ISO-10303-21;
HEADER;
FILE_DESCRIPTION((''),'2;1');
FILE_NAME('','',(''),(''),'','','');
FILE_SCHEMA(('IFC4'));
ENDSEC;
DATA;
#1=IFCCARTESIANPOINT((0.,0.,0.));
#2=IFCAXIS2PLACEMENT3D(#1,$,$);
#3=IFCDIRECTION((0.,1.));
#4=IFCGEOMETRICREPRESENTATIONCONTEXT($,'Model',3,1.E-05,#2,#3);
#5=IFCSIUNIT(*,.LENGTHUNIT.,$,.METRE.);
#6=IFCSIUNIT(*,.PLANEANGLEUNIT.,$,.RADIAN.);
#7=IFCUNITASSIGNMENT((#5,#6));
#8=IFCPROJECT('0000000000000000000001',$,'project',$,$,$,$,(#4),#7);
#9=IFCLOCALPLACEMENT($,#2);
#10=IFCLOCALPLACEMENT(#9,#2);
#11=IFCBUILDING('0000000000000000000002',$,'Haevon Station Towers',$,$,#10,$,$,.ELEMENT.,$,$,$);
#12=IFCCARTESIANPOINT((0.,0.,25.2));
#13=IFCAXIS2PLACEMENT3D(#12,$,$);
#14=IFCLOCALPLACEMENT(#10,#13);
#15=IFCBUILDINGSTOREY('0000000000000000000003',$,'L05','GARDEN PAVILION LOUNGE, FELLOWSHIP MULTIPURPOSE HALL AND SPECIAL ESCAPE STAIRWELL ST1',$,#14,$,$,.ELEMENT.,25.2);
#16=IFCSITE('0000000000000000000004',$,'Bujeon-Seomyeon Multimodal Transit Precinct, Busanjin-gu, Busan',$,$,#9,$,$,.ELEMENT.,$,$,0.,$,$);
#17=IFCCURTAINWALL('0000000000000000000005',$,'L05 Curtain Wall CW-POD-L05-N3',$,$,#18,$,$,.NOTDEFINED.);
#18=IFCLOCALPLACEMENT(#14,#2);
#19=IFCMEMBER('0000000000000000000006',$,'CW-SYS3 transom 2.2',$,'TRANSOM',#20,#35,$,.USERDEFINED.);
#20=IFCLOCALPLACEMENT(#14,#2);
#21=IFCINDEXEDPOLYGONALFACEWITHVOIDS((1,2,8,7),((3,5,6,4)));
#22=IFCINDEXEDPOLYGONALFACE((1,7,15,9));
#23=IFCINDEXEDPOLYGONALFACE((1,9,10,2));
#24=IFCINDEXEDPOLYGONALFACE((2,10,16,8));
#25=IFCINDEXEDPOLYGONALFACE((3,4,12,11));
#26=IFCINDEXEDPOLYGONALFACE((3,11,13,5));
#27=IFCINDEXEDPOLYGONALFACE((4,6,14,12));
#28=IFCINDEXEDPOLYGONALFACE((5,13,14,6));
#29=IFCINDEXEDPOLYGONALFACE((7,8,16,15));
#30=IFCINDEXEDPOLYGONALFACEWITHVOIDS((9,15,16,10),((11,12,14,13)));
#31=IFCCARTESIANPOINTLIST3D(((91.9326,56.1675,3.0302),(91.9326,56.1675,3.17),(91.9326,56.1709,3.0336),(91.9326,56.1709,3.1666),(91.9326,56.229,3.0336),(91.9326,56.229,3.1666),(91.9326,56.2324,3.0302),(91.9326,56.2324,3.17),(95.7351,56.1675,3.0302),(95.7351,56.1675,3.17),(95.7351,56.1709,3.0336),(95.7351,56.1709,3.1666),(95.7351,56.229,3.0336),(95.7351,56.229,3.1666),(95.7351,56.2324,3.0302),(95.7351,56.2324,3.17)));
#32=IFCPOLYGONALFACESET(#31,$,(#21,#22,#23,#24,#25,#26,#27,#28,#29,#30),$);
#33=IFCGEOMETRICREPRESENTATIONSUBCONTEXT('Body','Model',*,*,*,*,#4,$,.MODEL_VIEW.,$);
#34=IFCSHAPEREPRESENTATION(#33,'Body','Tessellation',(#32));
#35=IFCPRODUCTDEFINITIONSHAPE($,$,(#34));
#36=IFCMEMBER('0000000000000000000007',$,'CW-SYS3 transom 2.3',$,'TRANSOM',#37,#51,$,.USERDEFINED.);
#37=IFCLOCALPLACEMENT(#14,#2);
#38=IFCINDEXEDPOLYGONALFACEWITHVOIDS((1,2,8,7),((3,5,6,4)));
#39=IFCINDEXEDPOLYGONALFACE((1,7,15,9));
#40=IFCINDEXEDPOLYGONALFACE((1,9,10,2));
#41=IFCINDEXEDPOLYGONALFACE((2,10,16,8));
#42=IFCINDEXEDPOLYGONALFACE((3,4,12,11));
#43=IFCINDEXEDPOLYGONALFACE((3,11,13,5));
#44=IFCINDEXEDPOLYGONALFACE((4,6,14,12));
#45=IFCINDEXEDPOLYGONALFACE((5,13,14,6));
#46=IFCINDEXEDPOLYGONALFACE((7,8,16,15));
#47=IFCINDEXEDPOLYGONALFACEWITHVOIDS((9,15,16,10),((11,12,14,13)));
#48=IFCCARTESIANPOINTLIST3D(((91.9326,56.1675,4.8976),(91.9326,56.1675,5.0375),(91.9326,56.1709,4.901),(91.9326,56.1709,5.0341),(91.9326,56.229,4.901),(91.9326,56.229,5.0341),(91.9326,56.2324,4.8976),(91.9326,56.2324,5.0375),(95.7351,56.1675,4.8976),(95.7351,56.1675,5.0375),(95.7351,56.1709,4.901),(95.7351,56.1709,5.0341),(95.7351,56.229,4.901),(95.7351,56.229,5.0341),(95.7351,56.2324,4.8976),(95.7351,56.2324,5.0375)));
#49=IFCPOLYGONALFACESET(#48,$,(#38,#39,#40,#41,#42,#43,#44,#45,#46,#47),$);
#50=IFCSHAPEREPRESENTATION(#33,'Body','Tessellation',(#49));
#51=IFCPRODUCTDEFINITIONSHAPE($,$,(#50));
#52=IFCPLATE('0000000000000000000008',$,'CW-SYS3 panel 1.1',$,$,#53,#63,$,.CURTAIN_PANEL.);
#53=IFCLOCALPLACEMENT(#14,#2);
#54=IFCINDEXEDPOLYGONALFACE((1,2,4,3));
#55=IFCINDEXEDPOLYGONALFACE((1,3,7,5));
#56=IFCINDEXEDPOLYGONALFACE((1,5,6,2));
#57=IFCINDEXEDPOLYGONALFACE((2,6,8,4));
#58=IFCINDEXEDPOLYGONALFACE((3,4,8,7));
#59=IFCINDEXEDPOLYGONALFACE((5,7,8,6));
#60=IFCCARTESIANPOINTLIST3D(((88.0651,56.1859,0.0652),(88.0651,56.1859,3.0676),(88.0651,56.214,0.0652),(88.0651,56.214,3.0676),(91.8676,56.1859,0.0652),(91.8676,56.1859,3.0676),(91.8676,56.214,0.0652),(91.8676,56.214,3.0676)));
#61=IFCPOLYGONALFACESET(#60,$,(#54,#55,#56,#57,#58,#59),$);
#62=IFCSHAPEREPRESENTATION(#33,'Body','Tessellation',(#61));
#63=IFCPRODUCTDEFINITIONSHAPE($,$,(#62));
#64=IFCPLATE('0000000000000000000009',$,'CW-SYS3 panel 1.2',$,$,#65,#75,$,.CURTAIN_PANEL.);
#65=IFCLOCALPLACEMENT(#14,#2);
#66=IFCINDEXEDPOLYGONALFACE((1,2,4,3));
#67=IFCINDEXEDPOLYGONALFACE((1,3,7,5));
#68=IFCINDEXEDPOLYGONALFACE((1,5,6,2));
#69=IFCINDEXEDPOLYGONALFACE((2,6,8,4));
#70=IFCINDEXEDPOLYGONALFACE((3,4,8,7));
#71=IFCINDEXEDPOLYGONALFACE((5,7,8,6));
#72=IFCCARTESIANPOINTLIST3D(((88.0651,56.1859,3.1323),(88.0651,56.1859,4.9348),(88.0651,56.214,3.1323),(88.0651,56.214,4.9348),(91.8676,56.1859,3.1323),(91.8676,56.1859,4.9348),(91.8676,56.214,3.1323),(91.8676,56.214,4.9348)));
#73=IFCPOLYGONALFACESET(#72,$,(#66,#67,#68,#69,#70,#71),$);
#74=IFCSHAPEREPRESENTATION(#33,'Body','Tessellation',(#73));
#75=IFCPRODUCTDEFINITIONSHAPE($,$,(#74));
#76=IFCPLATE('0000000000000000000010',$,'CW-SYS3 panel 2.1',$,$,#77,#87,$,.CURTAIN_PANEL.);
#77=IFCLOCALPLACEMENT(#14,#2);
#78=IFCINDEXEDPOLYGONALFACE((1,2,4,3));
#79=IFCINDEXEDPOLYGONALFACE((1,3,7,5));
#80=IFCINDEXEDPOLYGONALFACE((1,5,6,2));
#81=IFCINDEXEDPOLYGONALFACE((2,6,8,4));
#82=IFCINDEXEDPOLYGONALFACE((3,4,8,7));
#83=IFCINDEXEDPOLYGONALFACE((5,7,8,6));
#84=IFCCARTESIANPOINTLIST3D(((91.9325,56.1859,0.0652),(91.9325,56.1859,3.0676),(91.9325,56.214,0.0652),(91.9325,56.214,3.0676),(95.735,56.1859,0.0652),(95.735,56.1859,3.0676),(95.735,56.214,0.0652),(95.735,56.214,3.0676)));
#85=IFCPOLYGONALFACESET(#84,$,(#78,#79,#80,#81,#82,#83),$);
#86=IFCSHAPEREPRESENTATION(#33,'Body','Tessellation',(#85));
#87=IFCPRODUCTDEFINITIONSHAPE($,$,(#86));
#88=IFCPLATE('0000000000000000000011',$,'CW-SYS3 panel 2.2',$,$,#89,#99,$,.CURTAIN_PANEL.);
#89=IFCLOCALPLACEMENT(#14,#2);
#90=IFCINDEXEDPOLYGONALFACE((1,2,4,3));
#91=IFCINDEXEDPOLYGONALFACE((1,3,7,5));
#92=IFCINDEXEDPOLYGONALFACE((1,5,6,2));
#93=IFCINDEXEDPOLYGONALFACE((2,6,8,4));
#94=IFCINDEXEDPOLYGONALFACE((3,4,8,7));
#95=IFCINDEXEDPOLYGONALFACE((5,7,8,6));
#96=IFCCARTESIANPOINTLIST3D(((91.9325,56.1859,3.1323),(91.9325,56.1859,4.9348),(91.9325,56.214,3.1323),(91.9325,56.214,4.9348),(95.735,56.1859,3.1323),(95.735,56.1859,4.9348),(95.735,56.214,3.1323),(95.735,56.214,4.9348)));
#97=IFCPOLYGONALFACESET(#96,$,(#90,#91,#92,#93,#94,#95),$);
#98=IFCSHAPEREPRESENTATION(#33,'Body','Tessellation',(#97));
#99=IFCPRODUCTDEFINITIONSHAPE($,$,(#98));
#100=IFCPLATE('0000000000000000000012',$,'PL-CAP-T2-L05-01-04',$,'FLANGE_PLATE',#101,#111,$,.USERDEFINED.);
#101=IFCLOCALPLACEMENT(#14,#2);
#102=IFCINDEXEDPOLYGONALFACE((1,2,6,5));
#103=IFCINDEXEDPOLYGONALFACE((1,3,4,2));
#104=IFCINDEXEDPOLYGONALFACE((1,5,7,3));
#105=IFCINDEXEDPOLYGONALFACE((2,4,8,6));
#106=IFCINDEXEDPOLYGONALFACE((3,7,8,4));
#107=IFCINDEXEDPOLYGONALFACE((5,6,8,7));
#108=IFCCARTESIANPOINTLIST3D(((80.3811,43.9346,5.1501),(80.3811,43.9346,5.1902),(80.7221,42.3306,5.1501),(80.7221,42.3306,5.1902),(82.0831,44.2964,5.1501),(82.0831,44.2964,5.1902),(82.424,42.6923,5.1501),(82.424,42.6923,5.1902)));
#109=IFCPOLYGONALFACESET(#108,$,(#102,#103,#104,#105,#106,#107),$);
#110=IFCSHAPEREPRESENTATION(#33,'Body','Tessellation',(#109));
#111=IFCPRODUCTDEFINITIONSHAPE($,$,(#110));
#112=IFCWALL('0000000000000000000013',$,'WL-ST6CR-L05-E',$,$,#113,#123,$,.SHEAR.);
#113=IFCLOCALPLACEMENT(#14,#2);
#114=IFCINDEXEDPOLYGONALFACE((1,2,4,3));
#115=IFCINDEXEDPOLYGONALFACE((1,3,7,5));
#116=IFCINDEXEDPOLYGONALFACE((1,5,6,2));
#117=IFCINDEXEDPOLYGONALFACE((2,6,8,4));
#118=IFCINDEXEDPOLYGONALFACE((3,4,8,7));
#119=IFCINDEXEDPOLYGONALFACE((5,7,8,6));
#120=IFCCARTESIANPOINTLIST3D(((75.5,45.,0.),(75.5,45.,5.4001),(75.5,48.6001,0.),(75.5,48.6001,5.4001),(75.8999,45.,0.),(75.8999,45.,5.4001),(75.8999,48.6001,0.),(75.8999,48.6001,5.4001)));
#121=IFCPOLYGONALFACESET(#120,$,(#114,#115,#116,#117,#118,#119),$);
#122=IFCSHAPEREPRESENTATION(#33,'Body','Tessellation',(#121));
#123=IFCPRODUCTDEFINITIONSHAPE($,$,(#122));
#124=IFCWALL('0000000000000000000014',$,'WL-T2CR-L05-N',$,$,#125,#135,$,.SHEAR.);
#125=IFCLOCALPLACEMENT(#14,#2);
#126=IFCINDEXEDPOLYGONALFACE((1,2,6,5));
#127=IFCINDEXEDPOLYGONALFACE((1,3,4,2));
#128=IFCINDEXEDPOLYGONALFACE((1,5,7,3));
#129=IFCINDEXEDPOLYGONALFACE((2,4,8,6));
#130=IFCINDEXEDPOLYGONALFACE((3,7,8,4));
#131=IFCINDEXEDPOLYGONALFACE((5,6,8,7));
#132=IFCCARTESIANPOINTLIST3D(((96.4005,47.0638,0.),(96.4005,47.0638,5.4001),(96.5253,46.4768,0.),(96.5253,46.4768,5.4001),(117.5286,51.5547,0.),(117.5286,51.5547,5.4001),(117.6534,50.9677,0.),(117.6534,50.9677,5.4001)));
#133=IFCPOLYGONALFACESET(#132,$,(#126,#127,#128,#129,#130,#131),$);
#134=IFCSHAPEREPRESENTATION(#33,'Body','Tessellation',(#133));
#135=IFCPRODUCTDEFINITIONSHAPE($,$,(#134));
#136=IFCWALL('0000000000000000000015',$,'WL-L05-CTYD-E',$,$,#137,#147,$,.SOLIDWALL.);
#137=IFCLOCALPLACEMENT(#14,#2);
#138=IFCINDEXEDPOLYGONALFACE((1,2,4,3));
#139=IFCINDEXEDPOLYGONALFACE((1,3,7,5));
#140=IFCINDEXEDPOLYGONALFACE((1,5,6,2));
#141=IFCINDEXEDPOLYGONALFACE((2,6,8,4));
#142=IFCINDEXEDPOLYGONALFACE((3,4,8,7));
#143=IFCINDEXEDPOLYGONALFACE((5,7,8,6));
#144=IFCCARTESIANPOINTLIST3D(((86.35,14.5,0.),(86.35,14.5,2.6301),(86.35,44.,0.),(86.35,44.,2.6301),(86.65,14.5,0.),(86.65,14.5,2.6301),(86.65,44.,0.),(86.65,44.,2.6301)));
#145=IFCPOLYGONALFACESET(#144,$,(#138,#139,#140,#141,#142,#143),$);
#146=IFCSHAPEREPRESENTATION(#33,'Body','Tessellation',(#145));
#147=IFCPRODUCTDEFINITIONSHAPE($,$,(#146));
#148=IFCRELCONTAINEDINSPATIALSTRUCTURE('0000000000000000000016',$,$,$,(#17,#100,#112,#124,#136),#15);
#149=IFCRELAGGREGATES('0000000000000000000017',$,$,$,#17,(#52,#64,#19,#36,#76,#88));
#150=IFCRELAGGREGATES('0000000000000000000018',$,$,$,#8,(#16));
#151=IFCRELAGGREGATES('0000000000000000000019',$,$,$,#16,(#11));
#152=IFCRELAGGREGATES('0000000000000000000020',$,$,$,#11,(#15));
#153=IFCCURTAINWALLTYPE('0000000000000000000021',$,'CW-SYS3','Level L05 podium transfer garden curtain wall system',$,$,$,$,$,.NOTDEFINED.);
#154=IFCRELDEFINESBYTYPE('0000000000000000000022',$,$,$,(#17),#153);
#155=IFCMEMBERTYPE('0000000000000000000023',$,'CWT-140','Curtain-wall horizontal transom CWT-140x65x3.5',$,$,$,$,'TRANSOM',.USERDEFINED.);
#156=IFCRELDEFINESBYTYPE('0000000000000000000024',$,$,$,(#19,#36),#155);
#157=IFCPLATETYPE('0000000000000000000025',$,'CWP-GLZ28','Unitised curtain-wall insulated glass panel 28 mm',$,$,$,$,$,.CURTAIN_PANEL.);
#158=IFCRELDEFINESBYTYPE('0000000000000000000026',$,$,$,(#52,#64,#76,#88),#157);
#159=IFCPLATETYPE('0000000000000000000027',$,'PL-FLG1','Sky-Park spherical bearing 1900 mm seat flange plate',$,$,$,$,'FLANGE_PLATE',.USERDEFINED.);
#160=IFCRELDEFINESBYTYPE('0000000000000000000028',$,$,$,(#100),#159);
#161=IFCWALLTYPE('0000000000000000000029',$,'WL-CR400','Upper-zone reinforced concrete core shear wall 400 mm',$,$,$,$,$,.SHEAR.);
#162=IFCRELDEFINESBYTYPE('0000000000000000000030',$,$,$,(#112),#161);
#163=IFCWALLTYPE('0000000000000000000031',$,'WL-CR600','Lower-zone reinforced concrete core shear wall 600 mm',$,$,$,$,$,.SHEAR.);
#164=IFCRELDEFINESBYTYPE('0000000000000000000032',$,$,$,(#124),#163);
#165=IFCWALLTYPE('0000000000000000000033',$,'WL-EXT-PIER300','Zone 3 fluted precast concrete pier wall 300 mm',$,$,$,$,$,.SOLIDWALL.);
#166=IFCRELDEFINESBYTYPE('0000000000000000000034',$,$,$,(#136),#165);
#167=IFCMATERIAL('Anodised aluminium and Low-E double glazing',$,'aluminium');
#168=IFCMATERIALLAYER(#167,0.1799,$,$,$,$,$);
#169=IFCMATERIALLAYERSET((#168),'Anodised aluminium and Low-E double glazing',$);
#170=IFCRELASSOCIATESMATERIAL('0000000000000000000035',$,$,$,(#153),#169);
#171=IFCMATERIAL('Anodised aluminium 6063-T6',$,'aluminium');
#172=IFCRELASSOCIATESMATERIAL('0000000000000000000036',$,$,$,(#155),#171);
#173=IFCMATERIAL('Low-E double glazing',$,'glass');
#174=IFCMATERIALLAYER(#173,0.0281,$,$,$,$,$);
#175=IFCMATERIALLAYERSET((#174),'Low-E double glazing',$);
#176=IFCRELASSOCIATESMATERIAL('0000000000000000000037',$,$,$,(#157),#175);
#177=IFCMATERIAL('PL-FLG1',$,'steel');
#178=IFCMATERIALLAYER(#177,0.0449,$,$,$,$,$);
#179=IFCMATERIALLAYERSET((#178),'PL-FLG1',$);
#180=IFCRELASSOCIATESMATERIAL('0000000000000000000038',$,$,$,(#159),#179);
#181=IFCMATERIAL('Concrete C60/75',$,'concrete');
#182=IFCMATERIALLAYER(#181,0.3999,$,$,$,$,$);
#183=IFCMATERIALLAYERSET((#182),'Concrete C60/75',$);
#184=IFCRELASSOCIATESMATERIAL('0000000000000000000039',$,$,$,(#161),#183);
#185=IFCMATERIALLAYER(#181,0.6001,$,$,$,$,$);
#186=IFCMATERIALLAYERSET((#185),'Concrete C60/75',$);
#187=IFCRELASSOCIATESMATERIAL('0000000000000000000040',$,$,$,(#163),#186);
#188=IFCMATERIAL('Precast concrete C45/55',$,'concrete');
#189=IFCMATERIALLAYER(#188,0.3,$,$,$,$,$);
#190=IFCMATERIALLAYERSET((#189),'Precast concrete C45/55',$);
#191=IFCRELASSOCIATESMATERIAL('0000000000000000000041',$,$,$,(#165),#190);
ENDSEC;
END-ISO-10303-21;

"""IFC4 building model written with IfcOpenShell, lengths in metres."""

from ifc_helpers import new_model, si_unit, direction, frame, frame_2d, origin, origin_2d, place, context, subcontext, project, spatial, rectangle, hollow_rectangle, extrude, material, layer, layer_set, material_profile, profile_set, type_object, element, aggregate, save


model = new_model("IFC4")

# Units and contexts
model_context = context("Model", 3, precision=1e-05, world=origin(), true_north=direction((0.0, 1.0)))
body_context = subcontext(model_context, "Body", "Model", "MODEL_VIEW")
ifc_project = project(units=[si_unit("LENGTHUNIT", "METRE"), si_unit("PLANEANGLEUNIT", "RADIAN")], contexts=[model_context])

# Site, building, storey
site_placement = place(None, origin())
site = spatial("IfcSite", under=ifc_project, at=site_placement, Name="Bujeon-Seomyeon Multimodal Transit Precinct, Busanjin-gu, Busan", CompositionType="ELEMENT", RefElevation=0.0)
building_placement = place(site_placement, origin())
building = spatial("IfcBuilding", under=site, at=building_placement, Name="Haevon Station Towers", CompositionType="ELEMENT")
storey_placement = place(building_placement, frame((0.0, 0.0, 25.2)))
storey = spatial("IfcBuildingStorey", under=building, at=storey_placement, Name="L05", Description="GARDEN PAVILION LOUNGE, FELLOWSHIP MULTIPURPOSE HALL AND SPECIAL ESCAPE STAIRWELL ST1", CompositionType="ELEMENT", Elevation=25.2)

# Curtain wall, members, plates
ifc_material_1 = material(Name="Anodised aluminium and Low-E double glazing", Category="aluminium")
ifc_layer_1 = layer(ifc_material_1, 0.1799)
ifc_layer_set_1 = layer_set([ifc_layer_1], Name="Anodised aluminium and Low-E double glazing")
curtain_wall_type = type_object("IfcCurtainWallType", Name="CW-SYS3", Description="Level L05 podium transfer garden curtain wall system", PredefinedType="NOTDEFINED", material=ifc_layer_set_1)
curtain_wall_placement = place(storey_placement, origin())
curtain_wall = element("IfcCurtainWall", 1, at=curtain_wall_placement, inside=storey, type_object=curtain_wall_type, Name="L05 Curtain Wall CW-POD-L05-N3", PredefinedType="NOTDEFINED")
ifc_material_2 = material(Name="Anodised aluminium 6063-T6", Category="aluminium")
ifc_material_profile_1 = material_profile(ifc_material_2, hollow_rectangle(XDim=0.0649, YDim=0.1399, WallThickness=0.0034, at=origin_2d()), Name="CWT-140x65x3.5")
ifc_profile_set_1 = profile_set([ifc_material_profile_1], Name="Anodised aluminium 6063-T6")
member_type_1 = type_object("IfcMemberType", Name="CWT-140", Description="Curtain-wall horizontal transom CWT-140x65x3.5", ElementType="TRANSOM", PredefinedType="USERDEFINED", material=ifc_profile_set_1)
member_1_placement = place(storey_placement, frame((91.9326, 56.2, 3.1001), z_axis=(1.0, 0.0, 0.0), x_axis=(0.0, 1.0, 0.0)))
member_1 = element("IfcMember", 2, at=member_1_placement, type_object=member_type_1, Name="CW-SYS3 transom 2.2", ObjectType="TRANSOM", PredefinedType="USERDEFINED", context=body_context, shape_type="SweptSolid", body=[
    extrude(hollow_rectangle(XDim=0.0649, YDim=0.1399, WallThickness=0.0034, at=origin_2d()), origin(), (0.0, 0.0, 1.0), 3.8025),
])
member_2_placement = place(storey_placement, frame((91.9326, 56.2, 4.9675), z_axis=(1.0, 0.0, 0.0), x_axis=(0.0, 1.0, 0.0)))
member_2 = element("IfcMember", 3, at=member_2_placement, type_object=member_type_1, Name="CW-SYS3 transom 2.3", ObjectType="TRANSOM", PredefinedType="USERDEFINED", context=body_context, shape_type="SweptSolid", body=[
    extrude(hollow_rectangle(XDim=0.0649, YDim=0.1399, WallThickness=0.0034, at=origin_2d()), origin(), (0.0, 0.0, 1.0), 3.8025),
])
ifc_material_3 = material(Name="Low-E double glazing", Category="glass")
ifc_layer_2 = layer(ifc_material_3, 0.0281)
ifc_layer_set_2 = layer_set([ifc_layer_2], Name="Low-E double glazing")
plate_type_1 = type_object("IfcPlateType", Name="CWP-GLZ28", Description="Unitised curtain-wall insulated glass panel 28 mm", PredefinedType="CURTAIN_PANEL", material=ifc_layer_set_2)
plate_1_placement = place(storey_placement, frame((89.9663, 56.2, 0.0652), z_axis=(0.0, 0.0, 1.0), x_axis=(1.0, 0.0, 0.0)))
plate_1 = element("IfcPlate", 4, at=plate_1_placement, type_object=plate_type_1, Name="CW-SYS3 panel 1.1", PredefinedType="CURTAIN_PANEL", context=body_context, shape_type="SweptSolid", body=[
    extrude(rectangle(XDim=3.8025, YDim=0.0281, at=origin_2d()), origin(), (0.0, 0.0, 1.0), 3.0024),
])
plate_2_placement = place(storey_placement, frame((89.9663, 56.2, 3.1323), z_axis=(0.0, 0.0, 1.0), x_axis=(1.0, 0.0, 0.0)))
plate_2 = element("IfcPlate", 5, at=plate_2_placement, type_object=plate_type_1, Name="CW-SYS3 panel 1.2", PredefinedType="CURTAIN_PANEL", context=body_context, shape_type="SweptSolid", body=[
    extrude(rectangle(XDim=3.8025, YDim=0.0281, at=origin_2d()), origin(), (0.0, 0.0, 1.0), 1.8025),
])
plate_3_placement = place(storey_placement, frame((93.8337, 56.2, 0.0652), z_axis=(0.0, 0.0, 1.0), x_axis=(1.0, 0.0, 0.0)))
plate_3 = element("IfcPlate", 6, at=plate_3_placement, type_object=plate_type_1, Name="CW-SYS3 panel 2.1", PredefinedType="CURTAIN_PANEL", context=body_context, shape_type="SweptSolid", body=[
    extrude(rectangle(XDim=3.8025, YDim=0.0281, at=origin_2d()), origin(), (0.0, 0.0, 1.0), 3.0024),
])
plate_4_placement = place(storey_placement, frame((93.8337, 56.2, 3.1323), z_axis=(0.0, 0.0, 1.0), x_axis=(1.0, 0.0, 0.0)))
plate_4 = element("IfcPlate", 7, at=plate_4_placement, type_object=plate_type_1, Name="CW-SYS3 panel 2.2", PredefinedType="CURTAIN_PANEL", context=body_context, shape_type="SweptSolid", body=[
    extrude(rectangle(XDim=3.8025, YDim=0.0281, at=origin_2d()), origin(), (0.0, 0.0, 1.0), 1.8025),
])
aggregate(curtain_wall, [plate_1, plate_2, member_1, member_2, plate_3, plate_4])

# Plate
ifc_material_4 = material(Name="PL-FLG1", Category="steel")
ifc_layer_3 = layer(ifc_material_4, 0.0449)
ifc_layer_set_3 = layer_set([ifc_layer_3], Name="PL-FLG1")
plate_type_2 = type_object("IfcPlateType", Name="PL-FLG1", Description="Sky-Park spherical bearing 1900 mm seat flange plate", ElementType="FLANGE_PLATE", PredefinedType="USERDEFINED", material=ifc_layer_set_3)
plate_5_placement = place(storey_placement, frame((81.4026, 43.3135, 5.1501), z_axis=(0.0, 0.0, 1.0), x_axis=(0.978148, 0.207912, 0.0)))
element("IfcPlate", 8, at=plate_5_placement, inside=storey, type_object=plate_type_2, Name="PL-CAP-T2-L05-01-04", ObjectType="FLANGE_PLATE", PredefinedType="USERDEFINED", context=body_context, shape_type="SweptSolid", body=[
    extrude(rectangle(XDim=1.74, YDim=1.6399, at=origin_2d()), origin(), (0.0, 0.0, 1.0), 0.04),
])

# Walls
ifc_material_5 = material(Name="Concrete C60/75", Category="concrete")
ifc_layer_4 = layer(ifc_material_5, 0.3999)
ifc_layer_set_4 = layer_set([ifc_layer_4], Name="Concrete C60/75")
wall_type_1 = type_object("IfcWallType", Name="WL-CR400", Description="Upper-zone reinforced concrete core shear wall 400 mm", PredefinedType="SHEAR", material=ifc_layer_set_4)
wall_1_placement = place(storey_placement, frame((75.7, 45.0, 0.0), z_axis=(0.0, 0.0, 1.0), x_axis=(0.0, 1.0, 0.0)))
element("IfcWall", 9, at=wall_1_placement, inside=storey, type_object=wall_type_1, Name="WL-ST6CR-L05-E", PredefinedType="SHEAR", context=body_context, shape_type="SweptSolid", body=[
    extrude(rectangle(XDim=3.6001, YDim=0.3999, at=frame_2d((1.8, 0.0))), origin(), (0.0, 0.0, 1.0), 5.4001),
])
ifc_layer_5 = layer(ifc_material_5, 0.6001)
ifc_layer_set_5 = layer_set([ifc_layer_5], Name="Concrete C60/75")
wall_type_2 = type_object("IfcWallType", Name="WL-CR600", Description="Lower-zone reinforced concrete core shear wall 600 mm", PredefinedType="SHEAR", material=ifc_layer_set_5)
wall_2_placement = place(storey_placement, frame((96.4629, 46.7703, 0.0), z_axis=(0.0, 0.0, 1.0), x_axis=(0.978147, 0.207913, 0.0)))
element("IfcWall", 10, at=wall_2_placement, inside=storey, type_object=wall_type_2, Name="WL-T2CR-L05-N", PredefinedType="SHEAR", context=body_context, shape_type="SweptSolid", body=[
    extrude(rectangle(XDim=21.6001, YDim=0.6001, at=frame_2d((10.8, 0.0))), origin(), (0.0, 0.0, 1.0), 5.4001),
])
ifc_material_6 = material(Name="Precast concrete C45/55", Category="concrete")
ifc_layer_6 = layer(ifc_material_6, 0.3)
ifc_layer_set_6 = layer_set([ifc_layer_6], Name="Precast concrete C45/55")
wall_type_3 = type_object("IfcWallType", Name="WL-EXT-PIER300", Description="Zone 3 fluted precast concrete pier wall 300 mm", PredefinedType="SOLIDWALL", material=ifc_layer_set_6)
wall_3_placement = place(storey_placement, frame((86.5, 44.0, 0.0), z_axis=(0.0, 0.0, 1.0), x_axis=(0.0, -1.0, 0.0)))
element("IfcWall", 11, at=wall_3_placement, inside=storey, type_object=wall_type_3, Name="WL-L05-CTYD-E", PredefinedType="SOLIDWALL", context=body_context, shape_type="SweptSolid", body=[
    extrude(rectangle(XDim=29.5, YDim=0.3, at=frame_2d((14.75, 0.0))), origin(), (0.0, 0.0, 1.0), 2.6301),
])

save(model, "model.ifc")
